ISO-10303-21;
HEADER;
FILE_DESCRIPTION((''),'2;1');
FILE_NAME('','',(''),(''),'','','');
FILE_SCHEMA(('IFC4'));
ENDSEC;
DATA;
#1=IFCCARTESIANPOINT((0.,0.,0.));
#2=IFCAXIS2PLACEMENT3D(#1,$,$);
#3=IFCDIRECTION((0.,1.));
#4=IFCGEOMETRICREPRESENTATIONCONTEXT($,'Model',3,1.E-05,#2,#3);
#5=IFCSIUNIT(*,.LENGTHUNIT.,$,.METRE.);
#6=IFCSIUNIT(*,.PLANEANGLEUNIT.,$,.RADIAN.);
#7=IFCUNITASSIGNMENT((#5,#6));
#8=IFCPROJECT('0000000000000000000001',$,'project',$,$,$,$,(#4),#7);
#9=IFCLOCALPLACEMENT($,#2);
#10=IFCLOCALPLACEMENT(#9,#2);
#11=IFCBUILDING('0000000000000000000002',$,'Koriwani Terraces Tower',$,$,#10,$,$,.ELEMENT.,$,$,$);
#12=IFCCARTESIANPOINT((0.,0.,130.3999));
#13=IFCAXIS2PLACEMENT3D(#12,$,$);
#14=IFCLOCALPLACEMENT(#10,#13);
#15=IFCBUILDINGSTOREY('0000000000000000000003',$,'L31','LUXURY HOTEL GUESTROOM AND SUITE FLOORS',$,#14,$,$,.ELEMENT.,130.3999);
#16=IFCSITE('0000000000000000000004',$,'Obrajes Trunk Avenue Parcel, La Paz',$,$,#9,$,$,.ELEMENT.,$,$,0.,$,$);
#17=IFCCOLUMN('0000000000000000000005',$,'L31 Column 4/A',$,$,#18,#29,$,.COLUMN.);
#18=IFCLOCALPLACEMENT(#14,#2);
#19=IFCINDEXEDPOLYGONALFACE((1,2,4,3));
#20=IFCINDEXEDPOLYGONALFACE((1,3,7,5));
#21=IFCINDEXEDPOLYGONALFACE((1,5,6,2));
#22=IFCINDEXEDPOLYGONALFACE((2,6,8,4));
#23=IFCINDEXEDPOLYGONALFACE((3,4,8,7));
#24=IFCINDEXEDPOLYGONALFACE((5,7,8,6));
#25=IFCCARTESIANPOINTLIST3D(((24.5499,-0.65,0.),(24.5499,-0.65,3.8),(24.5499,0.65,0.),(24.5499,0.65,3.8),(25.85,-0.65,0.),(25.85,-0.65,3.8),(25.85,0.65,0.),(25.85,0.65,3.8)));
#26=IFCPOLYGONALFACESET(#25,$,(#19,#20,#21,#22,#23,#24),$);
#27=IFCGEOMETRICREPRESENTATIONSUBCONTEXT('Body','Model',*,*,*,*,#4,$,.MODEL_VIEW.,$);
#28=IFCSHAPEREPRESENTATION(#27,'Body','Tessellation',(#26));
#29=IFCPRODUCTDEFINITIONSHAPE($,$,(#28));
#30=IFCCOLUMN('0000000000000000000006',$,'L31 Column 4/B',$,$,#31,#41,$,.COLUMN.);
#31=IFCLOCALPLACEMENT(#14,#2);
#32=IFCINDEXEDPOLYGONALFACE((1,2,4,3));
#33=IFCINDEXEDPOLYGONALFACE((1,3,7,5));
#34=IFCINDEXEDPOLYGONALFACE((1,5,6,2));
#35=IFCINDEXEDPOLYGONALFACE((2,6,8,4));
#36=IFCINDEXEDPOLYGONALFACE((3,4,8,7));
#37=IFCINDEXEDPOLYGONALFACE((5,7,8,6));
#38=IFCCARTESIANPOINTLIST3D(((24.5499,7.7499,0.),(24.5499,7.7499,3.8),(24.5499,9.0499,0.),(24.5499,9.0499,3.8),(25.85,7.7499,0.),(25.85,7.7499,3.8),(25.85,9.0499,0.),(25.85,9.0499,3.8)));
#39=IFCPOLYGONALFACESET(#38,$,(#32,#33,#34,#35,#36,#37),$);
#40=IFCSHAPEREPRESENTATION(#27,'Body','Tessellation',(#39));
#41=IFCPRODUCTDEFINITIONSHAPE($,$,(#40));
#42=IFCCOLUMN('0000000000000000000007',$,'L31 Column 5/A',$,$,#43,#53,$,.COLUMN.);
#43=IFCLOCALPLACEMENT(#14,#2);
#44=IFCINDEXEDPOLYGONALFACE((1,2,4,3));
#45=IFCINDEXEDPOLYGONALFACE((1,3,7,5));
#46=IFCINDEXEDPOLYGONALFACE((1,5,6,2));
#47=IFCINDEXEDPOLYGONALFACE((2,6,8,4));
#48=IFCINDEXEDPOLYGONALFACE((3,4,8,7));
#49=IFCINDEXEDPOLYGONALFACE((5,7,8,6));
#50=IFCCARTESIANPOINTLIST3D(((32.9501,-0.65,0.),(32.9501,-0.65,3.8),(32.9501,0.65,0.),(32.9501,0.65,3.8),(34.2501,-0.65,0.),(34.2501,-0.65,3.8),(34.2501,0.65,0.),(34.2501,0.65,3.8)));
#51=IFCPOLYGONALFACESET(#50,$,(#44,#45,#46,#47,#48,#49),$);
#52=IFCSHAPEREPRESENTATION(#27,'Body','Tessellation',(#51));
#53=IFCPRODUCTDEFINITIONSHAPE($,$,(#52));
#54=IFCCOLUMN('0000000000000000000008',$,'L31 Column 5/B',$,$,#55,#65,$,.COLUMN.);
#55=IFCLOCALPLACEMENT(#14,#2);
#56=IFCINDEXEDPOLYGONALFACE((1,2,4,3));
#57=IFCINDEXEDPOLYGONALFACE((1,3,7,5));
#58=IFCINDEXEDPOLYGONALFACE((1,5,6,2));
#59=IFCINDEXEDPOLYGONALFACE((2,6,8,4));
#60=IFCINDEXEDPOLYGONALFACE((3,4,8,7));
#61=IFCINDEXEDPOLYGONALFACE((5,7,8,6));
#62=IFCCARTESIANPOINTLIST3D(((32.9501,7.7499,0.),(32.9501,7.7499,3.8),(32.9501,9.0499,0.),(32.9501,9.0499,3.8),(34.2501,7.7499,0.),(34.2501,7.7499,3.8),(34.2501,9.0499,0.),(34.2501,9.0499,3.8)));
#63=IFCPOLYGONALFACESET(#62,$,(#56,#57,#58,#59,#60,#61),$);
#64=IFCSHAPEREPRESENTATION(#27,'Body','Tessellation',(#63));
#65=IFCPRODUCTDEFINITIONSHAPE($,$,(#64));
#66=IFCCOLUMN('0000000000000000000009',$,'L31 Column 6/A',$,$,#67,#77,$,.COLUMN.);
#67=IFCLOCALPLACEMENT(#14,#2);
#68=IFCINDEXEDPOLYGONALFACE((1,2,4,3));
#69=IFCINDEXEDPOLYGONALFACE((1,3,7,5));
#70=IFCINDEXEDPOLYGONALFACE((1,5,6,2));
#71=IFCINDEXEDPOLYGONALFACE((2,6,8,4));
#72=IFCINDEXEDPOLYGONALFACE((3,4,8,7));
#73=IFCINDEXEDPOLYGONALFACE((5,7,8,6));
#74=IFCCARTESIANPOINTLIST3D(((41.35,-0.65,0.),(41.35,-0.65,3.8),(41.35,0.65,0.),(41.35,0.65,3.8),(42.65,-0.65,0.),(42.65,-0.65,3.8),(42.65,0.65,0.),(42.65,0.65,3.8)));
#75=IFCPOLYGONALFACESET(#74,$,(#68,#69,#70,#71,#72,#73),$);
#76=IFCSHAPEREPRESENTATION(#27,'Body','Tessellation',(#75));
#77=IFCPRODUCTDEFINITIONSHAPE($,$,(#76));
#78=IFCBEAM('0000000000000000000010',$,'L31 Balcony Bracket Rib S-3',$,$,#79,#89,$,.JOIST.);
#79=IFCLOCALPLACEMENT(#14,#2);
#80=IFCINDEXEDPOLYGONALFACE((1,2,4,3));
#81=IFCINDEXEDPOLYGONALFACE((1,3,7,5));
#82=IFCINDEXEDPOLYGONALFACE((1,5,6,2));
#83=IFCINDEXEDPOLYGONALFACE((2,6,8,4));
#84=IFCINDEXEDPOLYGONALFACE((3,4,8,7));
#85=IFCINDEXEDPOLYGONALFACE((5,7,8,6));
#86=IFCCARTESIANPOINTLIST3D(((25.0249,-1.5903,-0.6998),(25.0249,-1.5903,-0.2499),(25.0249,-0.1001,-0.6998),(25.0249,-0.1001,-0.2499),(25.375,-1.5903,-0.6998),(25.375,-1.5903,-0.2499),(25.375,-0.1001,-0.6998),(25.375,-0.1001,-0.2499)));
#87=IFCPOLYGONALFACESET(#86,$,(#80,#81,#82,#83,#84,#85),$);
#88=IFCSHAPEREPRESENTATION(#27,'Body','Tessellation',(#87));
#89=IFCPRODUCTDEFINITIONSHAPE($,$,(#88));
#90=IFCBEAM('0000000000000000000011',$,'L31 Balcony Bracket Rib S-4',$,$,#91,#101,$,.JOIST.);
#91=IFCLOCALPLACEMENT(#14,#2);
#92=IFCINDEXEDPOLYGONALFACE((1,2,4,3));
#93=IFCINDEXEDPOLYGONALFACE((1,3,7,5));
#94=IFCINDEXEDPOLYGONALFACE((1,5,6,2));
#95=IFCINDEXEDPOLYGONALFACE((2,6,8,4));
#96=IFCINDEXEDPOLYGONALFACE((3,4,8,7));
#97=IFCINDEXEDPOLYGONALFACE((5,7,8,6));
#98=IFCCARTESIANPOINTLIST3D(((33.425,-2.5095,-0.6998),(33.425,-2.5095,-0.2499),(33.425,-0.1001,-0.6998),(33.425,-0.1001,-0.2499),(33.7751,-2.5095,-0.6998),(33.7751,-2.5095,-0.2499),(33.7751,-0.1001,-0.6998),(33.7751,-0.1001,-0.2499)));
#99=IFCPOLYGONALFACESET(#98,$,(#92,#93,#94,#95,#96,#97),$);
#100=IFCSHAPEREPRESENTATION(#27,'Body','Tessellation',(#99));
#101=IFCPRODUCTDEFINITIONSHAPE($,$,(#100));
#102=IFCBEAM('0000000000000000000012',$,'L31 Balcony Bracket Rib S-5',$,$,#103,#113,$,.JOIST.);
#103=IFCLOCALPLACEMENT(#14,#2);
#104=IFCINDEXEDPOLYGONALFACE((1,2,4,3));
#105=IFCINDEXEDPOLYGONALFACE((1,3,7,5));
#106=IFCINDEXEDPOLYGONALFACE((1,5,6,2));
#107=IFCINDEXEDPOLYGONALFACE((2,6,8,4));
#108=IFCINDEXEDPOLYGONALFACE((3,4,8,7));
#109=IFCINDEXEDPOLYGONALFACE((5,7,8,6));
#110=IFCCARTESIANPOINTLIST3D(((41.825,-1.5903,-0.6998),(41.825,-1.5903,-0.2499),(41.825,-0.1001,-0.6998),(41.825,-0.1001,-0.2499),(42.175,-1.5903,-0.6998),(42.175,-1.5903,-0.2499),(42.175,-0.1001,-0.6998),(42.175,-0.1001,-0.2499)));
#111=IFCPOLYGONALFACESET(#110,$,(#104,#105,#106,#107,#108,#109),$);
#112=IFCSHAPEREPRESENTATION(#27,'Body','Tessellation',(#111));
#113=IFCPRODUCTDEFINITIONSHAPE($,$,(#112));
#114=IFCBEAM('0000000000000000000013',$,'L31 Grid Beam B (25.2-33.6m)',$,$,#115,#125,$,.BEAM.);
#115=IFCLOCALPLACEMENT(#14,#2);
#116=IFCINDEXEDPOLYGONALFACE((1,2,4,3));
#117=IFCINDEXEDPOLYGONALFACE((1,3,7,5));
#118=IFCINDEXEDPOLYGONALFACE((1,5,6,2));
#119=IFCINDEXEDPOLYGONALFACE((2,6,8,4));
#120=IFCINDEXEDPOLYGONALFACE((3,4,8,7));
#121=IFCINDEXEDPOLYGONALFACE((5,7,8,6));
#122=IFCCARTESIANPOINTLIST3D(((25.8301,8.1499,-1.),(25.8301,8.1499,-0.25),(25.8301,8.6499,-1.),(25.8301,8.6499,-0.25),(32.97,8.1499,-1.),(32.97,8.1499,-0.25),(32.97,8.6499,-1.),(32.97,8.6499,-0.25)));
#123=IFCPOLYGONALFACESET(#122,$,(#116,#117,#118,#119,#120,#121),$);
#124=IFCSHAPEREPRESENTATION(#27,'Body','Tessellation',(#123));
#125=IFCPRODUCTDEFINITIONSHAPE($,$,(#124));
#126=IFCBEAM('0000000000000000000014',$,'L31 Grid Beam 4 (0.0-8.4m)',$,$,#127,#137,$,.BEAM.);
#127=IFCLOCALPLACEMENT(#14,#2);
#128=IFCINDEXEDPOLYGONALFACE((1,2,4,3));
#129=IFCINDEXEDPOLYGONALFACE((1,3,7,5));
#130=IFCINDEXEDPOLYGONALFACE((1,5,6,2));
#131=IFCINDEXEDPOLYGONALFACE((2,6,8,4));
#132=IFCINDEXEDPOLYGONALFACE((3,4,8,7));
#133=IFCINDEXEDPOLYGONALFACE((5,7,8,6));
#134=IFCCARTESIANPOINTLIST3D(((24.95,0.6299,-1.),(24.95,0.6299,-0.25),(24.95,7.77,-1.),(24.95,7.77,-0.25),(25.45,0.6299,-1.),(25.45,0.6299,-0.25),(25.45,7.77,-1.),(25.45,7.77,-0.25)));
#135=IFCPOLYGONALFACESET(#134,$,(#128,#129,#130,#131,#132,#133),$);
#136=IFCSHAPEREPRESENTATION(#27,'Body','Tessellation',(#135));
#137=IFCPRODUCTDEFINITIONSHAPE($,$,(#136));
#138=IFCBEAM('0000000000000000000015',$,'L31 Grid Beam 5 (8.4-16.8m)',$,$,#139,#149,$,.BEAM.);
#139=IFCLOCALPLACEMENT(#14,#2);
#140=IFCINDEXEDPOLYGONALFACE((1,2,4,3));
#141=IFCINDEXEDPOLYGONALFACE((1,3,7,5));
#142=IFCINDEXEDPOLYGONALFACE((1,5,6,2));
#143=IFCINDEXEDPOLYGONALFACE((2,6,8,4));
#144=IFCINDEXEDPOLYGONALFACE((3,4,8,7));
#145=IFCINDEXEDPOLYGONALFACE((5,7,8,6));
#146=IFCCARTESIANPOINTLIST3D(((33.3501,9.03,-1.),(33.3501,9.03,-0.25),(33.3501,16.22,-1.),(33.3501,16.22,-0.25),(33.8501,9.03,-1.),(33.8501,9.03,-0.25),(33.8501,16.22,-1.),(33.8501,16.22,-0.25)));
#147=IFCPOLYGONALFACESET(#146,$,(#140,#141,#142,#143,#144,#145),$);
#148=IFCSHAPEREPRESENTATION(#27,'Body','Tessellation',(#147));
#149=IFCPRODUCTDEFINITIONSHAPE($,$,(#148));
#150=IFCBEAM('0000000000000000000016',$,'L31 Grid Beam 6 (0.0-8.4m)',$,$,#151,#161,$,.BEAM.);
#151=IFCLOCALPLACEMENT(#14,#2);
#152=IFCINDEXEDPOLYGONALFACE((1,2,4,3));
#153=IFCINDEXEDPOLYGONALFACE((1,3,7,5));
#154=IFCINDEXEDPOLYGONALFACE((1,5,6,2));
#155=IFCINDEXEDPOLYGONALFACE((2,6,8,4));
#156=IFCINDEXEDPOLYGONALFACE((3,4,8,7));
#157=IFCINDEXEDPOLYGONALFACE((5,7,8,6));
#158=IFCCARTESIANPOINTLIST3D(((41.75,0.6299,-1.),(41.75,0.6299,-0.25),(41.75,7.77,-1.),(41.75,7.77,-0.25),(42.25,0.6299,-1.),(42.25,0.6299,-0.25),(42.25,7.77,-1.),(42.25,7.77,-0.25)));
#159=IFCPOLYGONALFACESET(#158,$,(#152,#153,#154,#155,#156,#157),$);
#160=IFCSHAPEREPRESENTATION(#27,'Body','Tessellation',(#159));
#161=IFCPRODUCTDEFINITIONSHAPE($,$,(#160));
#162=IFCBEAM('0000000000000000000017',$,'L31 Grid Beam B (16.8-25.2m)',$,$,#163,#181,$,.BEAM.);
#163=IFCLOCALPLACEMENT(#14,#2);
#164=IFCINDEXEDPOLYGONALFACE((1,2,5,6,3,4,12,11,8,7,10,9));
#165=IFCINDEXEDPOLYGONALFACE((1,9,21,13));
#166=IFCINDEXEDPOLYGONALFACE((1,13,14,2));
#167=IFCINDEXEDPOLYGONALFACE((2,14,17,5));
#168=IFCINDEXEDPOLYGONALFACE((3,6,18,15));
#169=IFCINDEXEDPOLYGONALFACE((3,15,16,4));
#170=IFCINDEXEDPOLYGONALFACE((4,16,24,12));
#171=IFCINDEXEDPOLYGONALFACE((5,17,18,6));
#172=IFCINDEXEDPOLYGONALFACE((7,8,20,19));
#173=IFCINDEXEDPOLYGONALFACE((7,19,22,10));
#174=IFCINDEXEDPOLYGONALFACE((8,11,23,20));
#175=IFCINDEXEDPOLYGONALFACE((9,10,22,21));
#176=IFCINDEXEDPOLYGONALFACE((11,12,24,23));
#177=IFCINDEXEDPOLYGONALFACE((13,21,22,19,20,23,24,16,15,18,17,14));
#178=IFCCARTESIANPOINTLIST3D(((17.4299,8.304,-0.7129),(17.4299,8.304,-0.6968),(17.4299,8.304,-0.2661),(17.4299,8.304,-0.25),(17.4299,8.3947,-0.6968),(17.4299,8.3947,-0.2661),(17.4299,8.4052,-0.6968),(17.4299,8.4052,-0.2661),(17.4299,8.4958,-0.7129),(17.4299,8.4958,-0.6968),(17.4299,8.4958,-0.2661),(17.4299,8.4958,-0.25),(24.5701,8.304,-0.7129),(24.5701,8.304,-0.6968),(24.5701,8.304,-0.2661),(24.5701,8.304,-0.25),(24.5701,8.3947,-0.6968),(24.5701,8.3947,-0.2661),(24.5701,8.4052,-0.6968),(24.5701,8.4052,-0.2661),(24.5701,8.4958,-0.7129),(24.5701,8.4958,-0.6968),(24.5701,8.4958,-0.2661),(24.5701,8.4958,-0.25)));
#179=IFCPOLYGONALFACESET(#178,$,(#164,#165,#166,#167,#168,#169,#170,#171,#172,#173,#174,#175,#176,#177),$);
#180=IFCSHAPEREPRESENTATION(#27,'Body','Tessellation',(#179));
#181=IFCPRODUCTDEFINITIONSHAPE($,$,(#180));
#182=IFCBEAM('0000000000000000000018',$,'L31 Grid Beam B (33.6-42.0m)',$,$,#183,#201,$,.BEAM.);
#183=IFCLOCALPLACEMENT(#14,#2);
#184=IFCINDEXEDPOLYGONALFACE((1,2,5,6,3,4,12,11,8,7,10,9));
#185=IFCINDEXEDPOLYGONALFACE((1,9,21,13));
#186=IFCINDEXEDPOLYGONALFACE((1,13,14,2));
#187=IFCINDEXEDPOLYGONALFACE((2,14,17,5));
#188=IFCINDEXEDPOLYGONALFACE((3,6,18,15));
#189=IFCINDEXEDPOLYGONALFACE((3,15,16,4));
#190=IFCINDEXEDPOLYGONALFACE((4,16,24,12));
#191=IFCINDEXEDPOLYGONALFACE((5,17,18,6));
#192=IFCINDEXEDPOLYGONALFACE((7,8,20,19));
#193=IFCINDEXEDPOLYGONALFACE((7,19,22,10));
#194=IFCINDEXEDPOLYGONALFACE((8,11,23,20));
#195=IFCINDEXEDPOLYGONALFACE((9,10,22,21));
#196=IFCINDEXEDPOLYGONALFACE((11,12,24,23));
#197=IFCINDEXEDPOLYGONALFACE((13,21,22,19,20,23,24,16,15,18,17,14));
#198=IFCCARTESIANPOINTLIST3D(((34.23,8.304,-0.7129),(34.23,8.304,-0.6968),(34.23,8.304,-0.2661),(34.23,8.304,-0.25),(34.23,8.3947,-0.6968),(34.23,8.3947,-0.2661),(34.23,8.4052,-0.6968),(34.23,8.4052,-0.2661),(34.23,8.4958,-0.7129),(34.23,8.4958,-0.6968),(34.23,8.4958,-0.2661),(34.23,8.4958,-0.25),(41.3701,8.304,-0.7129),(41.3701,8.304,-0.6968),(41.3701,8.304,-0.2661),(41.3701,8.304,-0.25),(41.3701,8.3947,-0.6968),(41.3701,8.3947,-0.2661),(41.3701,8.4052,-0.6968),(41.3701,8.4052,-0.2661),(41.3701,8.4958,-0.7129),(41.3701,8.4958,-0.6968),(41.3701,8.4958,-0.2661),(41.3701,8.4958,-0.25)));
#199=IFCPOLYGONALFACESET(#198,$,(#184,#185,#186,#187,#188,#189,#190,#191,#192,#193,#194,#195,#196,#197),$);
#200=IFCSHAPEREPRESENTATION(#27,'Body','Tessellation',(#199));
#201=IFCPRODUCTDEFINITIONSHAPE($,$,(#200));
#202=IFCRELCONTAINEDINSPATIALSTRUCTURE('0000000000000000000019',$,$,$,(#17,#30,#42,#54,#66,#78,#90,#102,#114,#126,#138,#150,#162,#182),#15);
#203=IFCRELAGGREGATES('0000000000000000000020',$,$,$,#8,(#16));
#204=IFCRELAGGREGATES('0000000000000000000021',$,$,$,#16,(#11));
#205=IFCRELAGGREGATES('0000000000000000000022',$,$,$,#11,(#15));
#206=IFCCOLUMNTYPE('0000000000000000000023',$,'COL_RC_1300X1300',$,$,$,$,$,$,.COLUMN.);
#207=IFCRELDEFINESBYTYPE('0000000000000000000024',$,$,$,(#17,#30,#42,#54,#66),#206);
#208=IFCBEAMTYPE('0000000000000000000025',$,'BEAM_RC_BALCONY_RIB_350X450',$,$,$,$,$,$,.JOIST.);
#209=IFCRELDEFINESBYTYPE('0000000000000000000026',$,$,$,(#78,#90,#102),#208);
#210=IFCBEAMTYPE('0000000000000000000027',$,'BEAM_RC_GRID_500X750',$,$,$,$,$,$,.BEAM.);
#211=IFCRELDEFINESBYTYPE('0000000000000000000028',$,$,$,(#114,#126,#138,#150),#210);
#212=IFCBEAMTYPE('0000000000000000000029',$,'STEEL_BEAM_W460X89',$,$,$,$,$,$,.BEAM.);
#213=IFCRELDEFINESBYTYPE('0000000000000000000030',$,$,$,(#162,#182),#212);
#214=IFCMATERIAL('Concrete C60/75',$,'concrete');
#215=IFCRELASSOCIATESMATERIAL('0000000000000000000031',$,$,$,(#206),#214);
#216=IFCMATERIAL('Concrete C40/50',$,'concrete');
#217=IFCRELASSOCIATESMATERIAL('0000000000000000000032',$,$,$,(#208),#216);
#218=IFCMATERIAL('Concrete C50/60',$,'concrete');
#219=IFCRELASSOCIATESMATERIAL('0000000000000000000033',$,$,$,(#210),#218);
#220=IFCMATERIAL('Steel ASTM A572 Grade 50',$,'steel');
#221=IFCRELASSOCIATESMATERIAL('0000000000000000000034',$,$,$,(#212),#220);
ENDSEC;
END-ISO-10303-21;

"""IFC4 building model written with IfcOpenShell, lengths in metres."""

from ifc_helpers import new_model, si_unit, direction, frame, origin, origin_2d, place, context, subcontext, project, spatial, rectangle, i_section, extrude, material, material_profile, profile_set, type_object, element, save


model = new_model("IFC4")

# Units and contexts
model_context = context("Model", 3, precision=1e-05, world=origin(), true_north=direction((0.0, 1.0)))
body_context = subcontext(model_context, "Body", "Model", "MODEL_VIEW")
ifc_project = project(units=[si_unit("LENGTHUNIT", "METRE"), si_unit("PLANEANGLEUNIT", "RADIAN")], contexts=[model_context])

# Site, building, storey
site_placement = place(None, origin())
site = spatial("IfcSite", under=ifc_project, at=site_placement, Name="Obrajes Trunk Avenue Parcel, La Paz", CompositionType="ELEMENT", RefElevation=0.0)
building_placement = place(site_placement, origin())
building = spatial("IfcBuilding", under=site, at=building_placement, Name="Koriwani Terraces Tower", CompositionType="ELEMENT")
storey_placement = place(building_placement, frame((0.0, 0.0, 130.3999)))
storey = spatial("IfcBuildingStorey", under=building, at=storey_placement, Name="L31", Description="LUXURY HOTEL GUESTROOM AND SUITE FLOORS", CompositionType="ELEMENT", Elevation=130.3999)

# Columns
ifc_material_1 = material(Name="Concrete C60/75", Category="concrete")
ifc_material_profile_1 = material_profile(ifc_material_1, rectangle(XDim=1.3, YDim=1.3, at=origin_2d()), Name="Concrete C60/75", Category="LoadBearing")
ifc_profile_set_1 = profile_set([ifc_material_profile_1], Name="Concrete C60/75")
column_type = type_object("IfcColumnType", Name="COL_RC_1300X1300", PredefinedType="COLUMN", material=ifc_profile_set_1)
for number, where, z_axis, x_axis, name in (
    (1, (25.2, 0.0, 0.0), (0.0, 0.0, 1.0), (1.0, 0.0, 0.0), "L31 Column 4/A"),
    (2, (25.2, 8.3999, 0.0), (0.0, 0.0, 1.0), (1.0, 0.0, 0.0), "L31 Column 4/B"),
    (3, (33.6001, 0.0, 0.0), (0.0, 0.0, 1.0), (1.0, 0.0, 0.0), "L31 Column 5/A"),
    (4, (33.6001, 8.3999, 0.0), (0.0, 0.0, 1.0), (1.0, 0.0, 0.0), "L31 Column 5/B"),
    (5, (42.0, 0.0, 0.0), (0.0, 0.0, 1.0), (1.0, 0.0, 0.0), "L31 Column 6/A"),
):
    element("IfcColumn", number, at=place(storey_placement, frame(where, z_axis=z_axis, x_axis=x_axis)), inside=storey, type_object=column_type, Name=name, PredefinedType="COLUMN", context=body_context, shape_type="SweptSolid", body=[
        extrude(rectangle(XDim=1.3, YDim=1.3, at=origin_2d()), origin(), (0.0, 0.0, 1.0), 3.8),
    ])

# Beams
ifc_material_2 = material(Name="Concrete C40/50", Category="concrete")
ifc_material_profile_2 = material_profile(ifc_material_2, rectangle(XDim=0.3501, YDim=0.45, at=origin_2d()), Name="Concrete C40/50", Category="LoadBearing")
ifc_profile_set_2 = profile_set([ifc_material_profile_2], Name="Concrete C40/50")
beam_type_1 = type_object("IfcBeamType", Name="BEAM_RC_BALCONY_RIB_350X450", PredefinedType="JOIST", material=ifc_profile_set_2)
beam_1_placement = place(storey_placement, frame((25.2, -1.5903, -0.4749), z_axis=(0.0, 1.0, 0.0), x_axis=(-1.0, 0.0, 0.0)))
element("IfcBeam", 6, at=beam_1_placement, inside=storey, type_object=beam_type_1, Name="L31 Balcony Bracket Rib S-3", PredefinedType="JOIST", context=body_context, shape_type="SweptSolid", body=[
    extrude(rectangle(XDim=0.3501, YDim=0.45, at=origin_2d()), origin(), (0.0, 0.0, 1.0), 1.4902),
])
beam_2_placement = place(storey_placement, frame((33.6001, -2.5095, -0.4749), z_axis=(0.0, 1.0, 0.0), x_axis=(-1.0, 0.0, 0.0)))
element("IfcBeam", 7, at=beam_2_placement, inside=storey, type_object=beam_type_1, Name="L31 Balcony Bracket Rib S-4", PredefinedType="JOIST", context=body_context, shape_type="SweptSolid", body=[
    extrude(rectangle(XDim=0.3501, YDim=0.45, at=origin_2d()), origin(), (0.0, 0.0, 1.0), 2.4094),
])
beam_3_placement = place(storey_placement, frame((42.0, -1.5903, -0.4749), z_axis=(0.0, 1.0, 0.0), x_axis=(-1.0, 0.0, 0.0)))
element("IfcBeam", 8, at=beam_3_placement, inside=storey, type_object=beam_type_1, Name="L31 Balcony Bracket Rib S-5", PredefinedType="JOIST", context=body_context, shape_type="SweptSolid", body=[
    extrude(rectangle(XDim=0.3501, YDim=0.45, at=origin_2d()), origin(), (0.0, 0.0, 1.0), 1.4902),
])
ifc_material_3 = material(Name="Concrete C50/60", Category="concrete")
ifc_material_profile_3 = material_profile(ifc_material_3, rectangle(XDim=0.5, YDim=0.75, at=origin_2d()), Name="Concrete C50/60", Category="LoadBearing")
ifc_profile_set_3 = profile_set([ifc_material_profile_3], Name="Concrete C50/60")
beam_type_2 = type_object("IfcBeamType", Name="BEAM_RC_GRID_500X750", PredefinedType="BEAM", material=ifc_profile_set_3)
beam_4_placement = place(storey_placement, frame((25.8301, 8.3999, -0.625), z_axis=(1.0, 0.0, 0.0), x_axis=(0.0, 1.0, 0.0)))
element("IfcBeam", 9, at=beam_4_placement, inside=storey, type_object=beam_type_2, Name="L31 Grid Beam B (25.2-33.6m)", PredefinedType="BEAM", context=body_context, shape_type="SweptSolid", body=[
    extrude(rectangle(XDim=0.5, YDim=0.75, at=origin_2d()), origin(), (0.0, 0.0, 1.0), 7.1399),
])
beam_5_placement = place(storey_placement, frame((25.2, 0.6299, -0.625), z_axis=(0.0, 1.0, 0.0), x_axis=(-1.0, 0.0, 0.0)))
element("IfcBeam", 10, at=beam_5_placement, inside=storey, type_object=beam_type_2, Name="L31 Grid Beam 4 (0.0-8.4m)", PredefinedType="BEAM", context=body_context, shape_type="SweptSolid", body=[
    extrude(rectangle(XDim=0.5, YDim=0.75, at=origin_2d()), origin(), (0.0, 0.0, 1.0), 7.1401),
])
beam_6_placement = place(storey_placement, frame((33.6001, 9.03, -0.625), z_axis=(0.0, 1.0, 0.0), x_axis=(-1.0, 0.0, 0.0)))
element("IfcBeam", 11, at=beam_6_placement, inside=storey, type_object=beam_type_2, Name="L31 Grid Beam 5 (8.4-16.8m)", PredefinedType="BEAM", context=body_context, shape_type="SweptSolid", body=[
    extrude(rectangle(XDim=0.5, YDim=0.75, at=origin_2d()), origin(), (0.0, 0.0, 1.0), 7.1899),
])
beam_7_placement = place(storey_placement, frame((42.0, 0.6299, -0.625), z_axis=(0.0, 1.0, 0.0), x_axis=(-1.0, 0.0, 0.0)))
element("IfcBeam", 12, at=beam_7_placement, inside=storey, type_object=beam_type_2, Name="L31 Grid Beam 6 (0.0-8.4m)", PredefinedType="BEAM", context=body_context, shape_type="SweptSolid", body=[
    extrude(rectangle(XDim=0.5, YDim=0.75, at=origin_2d()), origin(), (0.0, 0.0, 1.0), 7.1401),
])
ifc_material_4 = material(Name="Steel ASTM A572 Grade 50", Category="steel")
ifc_material_profile_4 = material_profile(ifc_material_4, i_section(OverallWidth=0.1919, OverallDepth=0.4629, WebThickness=0.0105, FlangeThickness=0.0161, at=origin_2d()), Name="Steel ASTM A572 Grade 50", Category="LoadBearing")
ifc_profile_set_4 = profile_set([ifc_material_profile_4], Name="Steel ASTM A572 Grade 50")
beam_type_3 = type_object("IfcBeamType", Name="STEEL_BEAM_W460X89", PredefinedType="BEAM", material=ifc_profile_set_4)
for number, where, z_axis, x_axis, name in (
    (13, (17.4299, 8.3999, -0.4814), (1.0, 0.0, 0.0), (0.0, 1.0, 0.0), "L31 Grid Beam B (16.8-25.2m)"),
    (14, (34.23, 8.3999, -0.4814), (1.0, 0.0, 0.0), (0.0, 1.0, 0.0), "L31 Grid Beam B (33.6-42.0m)"),
):
    element("IfcBeam", number, at=place(storey_placement, frame(where, z_axis=z_axis, x_axis=x_axis)), inside=storey, type_object=beam_type_3, Name=name, PredefinedType="BEAM", context=body_context, shape_type="SweptSolid", body=[
        extrude(i_section(OverallWidth=0.1919, OverallDepth=0.4629, WebThickness=0.0105, FlangeThickness=0.0161, at=origin_2d()), origin(), (0.0, 0.0, 1.0), 7.1401),
    ])

save(model, "model.ifc")
